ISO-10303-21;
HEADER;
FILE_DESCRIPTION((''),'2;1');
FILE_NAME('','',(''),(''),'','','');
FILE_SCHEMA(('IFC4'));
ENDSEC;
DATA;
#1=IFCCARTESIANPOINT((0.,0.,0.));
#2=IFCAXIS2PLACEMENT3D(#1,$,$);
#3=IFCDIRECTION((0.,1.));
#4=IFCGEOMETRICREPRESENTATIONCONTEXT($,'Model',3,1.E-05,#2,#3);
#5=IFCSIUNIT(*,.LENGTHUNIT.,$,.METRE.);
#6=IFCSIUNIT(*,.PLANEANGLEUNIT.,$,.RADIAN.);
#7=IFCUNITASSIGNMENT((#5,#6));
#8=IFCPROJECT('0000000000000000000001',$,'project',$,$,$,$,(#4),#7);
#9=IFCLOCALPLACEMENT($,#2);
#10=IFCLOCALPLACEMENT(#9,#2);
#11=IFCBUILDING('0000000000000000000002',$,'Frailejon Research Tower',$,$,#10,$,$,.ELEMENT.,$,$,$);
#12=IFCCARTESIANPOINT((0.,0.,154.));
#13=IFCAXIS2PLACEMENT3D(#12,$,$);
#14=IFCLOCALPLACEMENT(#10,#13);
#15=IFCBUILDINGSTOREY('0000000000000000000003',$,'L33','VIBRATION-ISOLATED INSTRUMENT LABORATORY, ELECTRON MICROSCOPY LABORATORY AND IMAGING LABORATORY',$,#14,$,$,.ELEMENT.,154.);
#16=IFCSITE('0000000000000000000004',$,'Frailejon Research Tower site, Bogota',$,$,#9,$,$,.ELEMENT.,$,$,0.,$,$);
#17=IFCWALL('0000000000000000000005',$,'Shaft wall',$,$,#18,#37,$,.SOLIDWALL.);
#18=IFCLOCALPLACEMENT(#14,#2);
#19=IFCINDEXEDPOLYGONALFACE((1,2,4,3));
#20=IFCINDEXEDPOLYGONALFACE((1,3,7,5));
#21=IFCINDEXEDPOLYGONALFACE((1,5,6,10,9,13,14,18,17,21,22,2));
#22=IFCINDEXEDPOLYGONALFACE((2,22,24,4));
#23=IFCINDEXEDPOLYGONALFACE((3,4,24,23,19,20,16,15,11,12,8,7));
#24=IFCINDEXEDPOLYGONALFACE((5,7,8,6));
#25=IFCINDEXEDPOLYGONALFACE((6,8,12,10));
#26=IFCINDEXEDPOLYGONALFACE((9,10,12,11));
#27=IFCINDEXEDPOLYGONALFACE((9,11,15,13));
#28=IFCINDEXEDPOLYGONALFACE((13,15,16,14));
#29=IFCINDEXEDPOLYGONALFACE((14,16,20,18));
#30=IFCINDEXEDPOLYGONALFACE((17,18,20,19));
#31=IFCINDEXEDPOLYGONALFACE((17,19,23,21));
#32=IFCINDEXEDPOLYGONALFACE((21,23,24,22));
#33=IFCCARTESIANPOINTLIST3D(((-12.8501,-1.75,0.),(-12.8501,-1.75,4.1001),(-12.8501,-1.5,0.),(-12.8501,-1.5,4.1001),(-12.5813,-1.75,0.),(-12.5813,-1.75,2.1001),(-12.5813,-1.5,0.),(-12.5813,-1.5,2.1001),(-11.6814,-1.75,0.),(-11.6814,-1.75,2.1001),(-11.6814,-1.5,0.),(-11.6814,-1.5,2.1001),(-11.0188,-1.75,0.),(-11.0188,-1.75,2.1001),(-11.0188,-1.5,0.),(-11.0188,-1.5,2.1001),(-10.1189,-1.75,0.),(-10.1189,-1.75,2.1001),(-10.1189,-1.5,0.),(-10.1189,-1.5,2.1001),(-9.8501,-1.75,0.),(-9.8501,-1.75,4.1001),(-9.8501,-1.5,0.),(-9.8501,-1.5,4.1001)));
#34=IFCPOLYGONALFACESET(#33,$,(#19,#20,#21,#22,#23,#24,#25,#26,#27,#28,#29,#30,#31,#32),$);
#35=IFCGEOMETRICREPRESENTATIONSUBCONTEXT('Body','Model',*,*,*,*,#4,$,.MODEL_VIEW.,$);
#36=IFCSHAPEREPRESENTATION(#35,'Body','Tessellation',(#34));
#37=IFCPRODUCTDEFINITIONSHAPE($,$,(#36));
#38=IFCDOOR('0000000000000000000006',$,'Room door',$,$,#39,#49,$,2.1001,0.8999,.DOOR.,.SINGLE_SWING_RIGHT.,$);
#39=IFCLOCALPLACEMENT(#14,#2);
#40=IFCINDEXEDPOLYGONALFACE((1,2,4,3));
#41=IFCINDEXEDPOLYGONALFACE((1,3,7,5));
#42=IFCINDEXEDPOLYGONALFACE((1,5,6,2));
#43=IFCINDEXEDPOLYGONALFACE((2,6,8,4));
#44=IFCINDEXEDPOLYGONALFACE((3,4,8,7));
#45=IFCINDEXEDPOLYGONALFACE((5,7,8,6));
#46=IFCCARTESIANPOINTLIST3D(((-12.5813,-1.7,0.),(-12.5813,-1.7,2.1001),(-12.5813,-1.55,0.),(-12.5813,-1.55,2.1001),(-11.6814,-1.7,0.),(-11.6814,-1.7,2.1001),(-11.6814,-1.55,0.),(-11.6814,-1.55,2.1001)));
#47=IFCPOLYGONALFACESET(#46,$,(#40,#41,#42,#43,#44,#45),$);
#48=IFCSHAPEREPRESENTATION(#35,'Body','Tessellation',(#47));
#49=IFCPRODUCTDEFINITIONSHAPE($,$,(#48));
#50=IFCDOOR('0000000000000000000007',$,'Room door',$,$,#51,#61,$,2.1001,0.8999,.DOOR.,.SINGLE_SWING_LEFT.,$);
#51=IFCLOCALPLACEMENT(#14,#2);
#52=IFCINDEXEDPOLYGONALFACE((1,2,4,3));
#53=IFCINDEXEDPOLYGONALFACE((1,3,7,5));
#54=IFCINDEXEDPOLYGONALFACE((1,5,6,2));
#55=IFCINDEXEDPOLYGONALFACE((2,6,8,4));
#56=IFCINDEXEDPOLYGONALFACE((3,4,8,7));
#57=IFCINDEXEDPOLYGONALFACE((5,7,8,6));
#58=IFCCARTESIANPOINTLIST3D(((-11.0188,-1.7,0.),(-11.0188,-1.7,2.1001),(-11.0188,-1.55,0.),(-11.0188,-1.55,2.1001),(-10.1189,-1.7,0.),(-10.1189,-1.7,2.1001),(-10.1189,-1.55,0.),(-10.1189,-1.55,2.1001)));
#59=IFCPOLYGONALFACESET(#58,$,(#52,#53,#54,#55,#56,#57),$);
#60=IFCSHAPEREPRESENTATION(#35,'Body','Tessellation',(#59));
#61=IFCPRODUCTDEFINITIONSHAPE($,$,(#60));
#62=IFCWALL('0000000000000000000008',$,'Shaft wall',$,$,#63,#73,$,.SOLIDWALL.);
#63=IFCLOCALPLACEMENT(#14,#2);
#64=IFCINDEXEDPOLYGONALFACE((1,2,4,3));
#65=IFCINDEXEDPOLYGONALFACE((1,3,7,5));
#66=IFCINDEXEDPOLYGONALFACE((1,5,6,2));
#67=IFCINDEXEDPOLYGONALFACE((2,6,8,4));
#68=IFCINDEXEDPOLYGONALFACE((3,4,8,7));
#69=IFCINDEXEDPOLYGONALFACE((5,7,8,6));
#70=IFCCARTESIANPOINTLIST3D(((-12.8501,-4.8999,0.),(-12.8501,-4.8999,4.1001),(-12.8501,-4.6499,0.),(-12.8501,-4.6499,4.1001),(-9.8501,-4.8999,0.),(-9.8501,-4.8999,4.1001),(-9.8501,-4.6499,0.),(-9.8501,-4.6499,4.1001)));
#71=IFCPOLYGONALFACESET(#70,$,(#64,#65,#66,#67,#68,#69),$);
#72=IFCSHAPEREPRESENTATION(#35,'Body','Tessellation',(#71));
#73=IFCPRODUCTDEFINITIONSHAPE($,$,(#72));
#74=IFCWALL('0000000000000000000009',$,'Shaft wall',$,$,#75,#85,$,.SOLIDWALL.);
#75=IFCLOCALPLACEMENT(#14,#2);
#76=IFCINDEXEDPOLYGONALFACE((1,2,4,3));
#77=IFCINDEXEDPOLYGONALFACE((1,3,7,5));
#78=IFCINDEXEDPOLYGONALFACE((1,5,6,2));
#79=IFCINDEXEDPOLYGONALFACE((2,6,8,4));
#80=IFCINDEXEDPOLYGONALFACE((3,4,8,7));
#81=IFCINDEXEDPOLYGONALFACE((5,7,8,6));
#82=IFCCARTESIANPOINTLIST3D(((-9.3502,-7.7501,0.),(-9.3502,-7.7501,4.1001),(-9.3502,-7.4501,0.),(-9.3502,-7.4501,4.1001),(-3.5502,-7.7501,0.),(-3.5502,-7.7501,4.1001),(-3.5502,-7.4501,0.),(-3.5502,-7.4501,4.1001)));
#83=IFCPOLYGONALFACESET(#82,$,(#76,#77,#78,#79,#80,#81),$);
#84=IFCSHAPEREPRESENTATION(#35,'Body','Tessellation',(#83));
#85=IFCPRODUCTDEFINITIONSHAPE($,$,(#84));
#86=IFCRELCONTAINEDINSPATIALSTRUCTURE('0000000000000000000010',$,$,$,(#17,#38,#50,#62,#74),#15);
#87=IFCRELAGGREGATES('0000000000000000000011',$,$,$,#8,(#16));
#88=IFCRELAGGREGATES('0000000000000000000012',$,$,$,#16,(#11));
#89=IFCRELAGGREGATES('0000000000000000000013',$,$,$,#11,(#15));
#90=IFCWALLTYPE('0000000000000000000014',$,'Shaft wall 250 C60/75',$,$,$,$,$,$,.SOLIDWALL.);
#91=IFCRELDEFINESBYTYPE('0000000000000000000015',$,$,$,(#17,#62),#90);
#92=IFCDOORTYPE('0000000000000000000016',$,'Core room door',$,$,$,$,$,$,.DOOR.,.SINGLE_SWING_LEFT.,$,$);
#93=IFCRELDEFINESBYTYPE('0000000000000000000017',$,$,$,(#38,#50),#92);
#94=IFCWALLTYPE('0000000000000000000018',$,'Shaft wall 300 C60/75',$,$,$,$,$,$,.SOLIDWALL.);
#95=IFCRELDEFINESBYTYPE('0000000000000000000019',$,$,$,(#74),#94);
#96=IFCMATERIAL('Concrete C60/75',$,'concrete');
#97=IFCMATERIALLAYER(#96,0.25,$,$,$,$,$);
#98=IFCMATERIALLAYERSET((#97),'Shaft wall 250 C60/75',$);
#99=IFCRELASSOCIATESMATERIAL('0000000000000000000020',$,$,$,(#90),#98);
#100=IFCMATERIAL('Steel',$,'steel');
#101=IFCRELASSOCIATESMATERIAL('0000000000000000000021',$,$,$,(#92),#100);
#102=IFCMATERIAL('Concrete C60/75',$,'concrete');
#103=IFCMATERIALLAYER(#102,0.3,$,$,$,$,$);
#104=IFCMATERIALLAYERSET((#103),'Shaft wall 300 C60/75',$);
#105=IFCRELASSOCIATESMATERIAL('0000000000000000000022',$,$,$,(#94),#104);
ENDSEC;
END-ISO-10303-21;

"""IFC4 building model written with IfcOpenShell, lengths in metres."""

from ifc_helpers import new_model, si_unit, direction, frame, frame_2d, origin, place, context, subcontext, project, spatial, rectangle, extrude, material, layer, layer_set, type_object, element, fill, save


model = new_model("IFC4")

# Units and contexts
model_context = context("Model", 3, precision=1e-05, world=origin(), true_north=direction((0.0, 1.0)))
body_context = subcontext(model_context, "Body", "Model", "MODEL_VIEW")
ifc_project = project(units=[si_unit("LENGTHUNIT", "METRE"), si_unit("PLANEANGLEUNIT", "RADIAN")], contexts=[model_context])

# Site, building, storey
site_placement = place(None, origin())
site = spatial("IfcSite", under=ifc_project, at=site_placement, Name="Frailejon Research Tower site, Bogota", CompositionType="ELEMENT", RefElevation=0.0)
building_placement = place(site_placement, origin())
building = spatial("IfcBuilding", under=site, at=building_placement, Name="Frailejon Research Tower", CompositionType="ELEMENT")
storey_placement = place(building_placement, frame((0.0, 0.0, 154.0)))
storey = spatial("IfcBuildingStorey", under=building, at=storey_placement, Name="L33", Description="VIBRATION-ISOLATED INSTRUMENT LABORATORY, ELECTRON MICROSCOPY LABORATORY AND IMAGING LABORATORY", CompositionType="ELEMENT", Elevation=154.0)

# Wall, openings, doors
ifc_material_1 = material(Name="Concrete C60/75", Category="concrete")
ifc_layer_1 = layer(ifc_material_1, 0.25)
ifc_layer_set_1 = layer_set([ifc_layer_1], Name="Shaft wall 250 C60/75")
wall_type_1 = type_object("IfcWallType", Name="Shaft wall 250 C60/75", PredefinedType="SOLIDWALL", material=ifc_layer_set_1)
wall_1_placement = place(storey_placement, frame((-12.8501, -1.625, 0.0), z_axis=(0.0, 0.0, 1.0), x_axis=(1.0, 0.0, 0.0)))
wall_1 = element("IfcWall", 1, at=wall_1_placement, inside=storey, type_object=wall_type_1, Name="Shaft wall", PredefinedType="SOLIDWALL", context=body_context, shape_type="SweptSolid", body=[
    extrude(rectangle(XDim=3.0, YDim=0.25, at=frame_2d((1.5, 0.0))), origin(), (0.0, 0.0, 1.0), 4.1001),
])
opening_1_placement = place(wall_1_placement, frame((0.2688, 0.0, 0.0)))
opening_1 = element("IfcOpeningElement", 2, at=opening_1_placement, cuts=wall_1, PredefinedType="OPENING", context=body_context, shape_type="SweptSolid", body=[
    extrude(rectangle(XDim=0.8999, YDim=2.1001, at=frame_2d((0.45, 1.05))), frame((0.0, 0.135, 0.0), z_axis=(0.0, -1.0, 0.0), x_axis=(1.0, 0.0, 0.0)), (0.0, 0.0, 1.0), 0.27),
])
opening_2_placement = place(wall_1_placement, frame((1.8313, 0.0, 0.0)))
opening_2 = element("IfcOpeningElement", 3, at=opening_2_placement, cuts=wall_1, PredefinedType="OPENING", context=body_context, shape_type="SweptSolid", body=[
    extrude(rectangle(XDim=0.8999, YDim=2.1001, at=frame_2d((0.45, 1.05))), frame((0.0, 0.135, 0.0), z_axis=(0.0, -1.0, 0.0), x_axis=(1.0, 0.0, 0.0)), (0.0, 0.0, 1.0), 0.27),
])
ifc_material_2 = material(Name="Steel", Category="steel")
door_type_1 = type_object("IfcDoorType", Name="Core room door", OperationType="SINGLE_SWING_LEFT", PredefinedType="DOOR", material=ifc_material_2)
door_1_placement = place(opening_1_placement, origin())
door_1 = element("IfcDoor", 4, at=door_1_placement, inside=storey, type_object=door_type_1, Name="Room door", OperationType="SINGLE_SWING_RIGHT", OverallHeight=2.1001, OverallWidth=0.8999, PredefinedType="DOOR", context=body_context, shape_type="SweptSolid", body=[
    extrude(rectangle(XDim=0.8999, YDim=2.1001, at=frame_2d((0.45, 1.05))), frame((0.0, 0.075, 0.0), z_axis=(0.0, -1.0, 0.0), x_axis=(1.0, 0.0, 0.0)), (0.0, 0.0, 1.0), 0.1499),
])
fill(opening_1, door_1)
door_2_placement = place(opening_2_placement, origin())
door_2 = element("IfcDoor", 5, at=door_2_placement, inside=storey, type_object=door_type_1, Name="Room door", OperationType="SINGLE_SWING_LEFT", OverallHeight=2.1001, OverallWidth=0.8999, PredefinedType="DOOR", context=body_context, shape_type="SweptSolid", body=[
    extrude(rectangle(XDim=0.8999, YDim=2.1001, at=frame_2d((0.45, 1.05))), frame((0.0, 0.075, 0.0), z_axis=(0.0, -1.0, 0.0), x_axis=(1.0, 0.0, 0.0)), (0.0, 0.0, 1.0), 0.1499),
])
fill(opening_2, door_2)

# Walls
wall_2_placement = place(storey_placement, frame((-12.8501, -4.7749, 0.0), z_axis=(0.0, 0.0, 1.0), x_axis=(1.0, 0.0, 0.0)))
element("IfcWall", 6, at=wall_2_placement, inside=storey, type_object=wall_type_1, Name="Shaft wall", PredefinedType="SOLIDWALL", context=body_context, shape_type="SweptSolid", body=[
    extrude(rectangle(XDim=3.0, YDim=0.25, at=frame_2d((1.5, 0.0))), origin(), (0.0, 0.0, 1.0), 4.1001),
])
ifc_material_3 = material(Name="Concrete C60/75", Category="concrete")
ifc_layer_2 = layer(ifc_material_3, 0.3)
ifc_layer_set_2 = layer_set([ifc_layer_2], Name="Shaft wall 300 C60/75")
wall_type_2 = type_object("IfcWallType", Name="Shaft wall 300 C60/75", PredefinedType="SOLIDWALL", material=ifc_layer_set_2)
wall_3_placement = place(storey_placement, frame((-9.3501, -7.6001, 0.0), z_axis=(0.0, 0.0, 1.0), x_axis=(1.0, 0.0, 0.0)))
element("IfcWall", 7, at=wall_3_placement, inside=storey, type_object=wall_type_2, Name="Shaft wall", PredefinedType="SOLIDWALL", context=body_context, shape_type="SweptSolid", body=[
    extrude(rectangle(XDim=5.8, YDim=0.3, at=frame_2d((2.8999, 0.0))), origin(), (0.0, 0.0, 1.0), 4.1001),
])

save(model, "model.ifc")
